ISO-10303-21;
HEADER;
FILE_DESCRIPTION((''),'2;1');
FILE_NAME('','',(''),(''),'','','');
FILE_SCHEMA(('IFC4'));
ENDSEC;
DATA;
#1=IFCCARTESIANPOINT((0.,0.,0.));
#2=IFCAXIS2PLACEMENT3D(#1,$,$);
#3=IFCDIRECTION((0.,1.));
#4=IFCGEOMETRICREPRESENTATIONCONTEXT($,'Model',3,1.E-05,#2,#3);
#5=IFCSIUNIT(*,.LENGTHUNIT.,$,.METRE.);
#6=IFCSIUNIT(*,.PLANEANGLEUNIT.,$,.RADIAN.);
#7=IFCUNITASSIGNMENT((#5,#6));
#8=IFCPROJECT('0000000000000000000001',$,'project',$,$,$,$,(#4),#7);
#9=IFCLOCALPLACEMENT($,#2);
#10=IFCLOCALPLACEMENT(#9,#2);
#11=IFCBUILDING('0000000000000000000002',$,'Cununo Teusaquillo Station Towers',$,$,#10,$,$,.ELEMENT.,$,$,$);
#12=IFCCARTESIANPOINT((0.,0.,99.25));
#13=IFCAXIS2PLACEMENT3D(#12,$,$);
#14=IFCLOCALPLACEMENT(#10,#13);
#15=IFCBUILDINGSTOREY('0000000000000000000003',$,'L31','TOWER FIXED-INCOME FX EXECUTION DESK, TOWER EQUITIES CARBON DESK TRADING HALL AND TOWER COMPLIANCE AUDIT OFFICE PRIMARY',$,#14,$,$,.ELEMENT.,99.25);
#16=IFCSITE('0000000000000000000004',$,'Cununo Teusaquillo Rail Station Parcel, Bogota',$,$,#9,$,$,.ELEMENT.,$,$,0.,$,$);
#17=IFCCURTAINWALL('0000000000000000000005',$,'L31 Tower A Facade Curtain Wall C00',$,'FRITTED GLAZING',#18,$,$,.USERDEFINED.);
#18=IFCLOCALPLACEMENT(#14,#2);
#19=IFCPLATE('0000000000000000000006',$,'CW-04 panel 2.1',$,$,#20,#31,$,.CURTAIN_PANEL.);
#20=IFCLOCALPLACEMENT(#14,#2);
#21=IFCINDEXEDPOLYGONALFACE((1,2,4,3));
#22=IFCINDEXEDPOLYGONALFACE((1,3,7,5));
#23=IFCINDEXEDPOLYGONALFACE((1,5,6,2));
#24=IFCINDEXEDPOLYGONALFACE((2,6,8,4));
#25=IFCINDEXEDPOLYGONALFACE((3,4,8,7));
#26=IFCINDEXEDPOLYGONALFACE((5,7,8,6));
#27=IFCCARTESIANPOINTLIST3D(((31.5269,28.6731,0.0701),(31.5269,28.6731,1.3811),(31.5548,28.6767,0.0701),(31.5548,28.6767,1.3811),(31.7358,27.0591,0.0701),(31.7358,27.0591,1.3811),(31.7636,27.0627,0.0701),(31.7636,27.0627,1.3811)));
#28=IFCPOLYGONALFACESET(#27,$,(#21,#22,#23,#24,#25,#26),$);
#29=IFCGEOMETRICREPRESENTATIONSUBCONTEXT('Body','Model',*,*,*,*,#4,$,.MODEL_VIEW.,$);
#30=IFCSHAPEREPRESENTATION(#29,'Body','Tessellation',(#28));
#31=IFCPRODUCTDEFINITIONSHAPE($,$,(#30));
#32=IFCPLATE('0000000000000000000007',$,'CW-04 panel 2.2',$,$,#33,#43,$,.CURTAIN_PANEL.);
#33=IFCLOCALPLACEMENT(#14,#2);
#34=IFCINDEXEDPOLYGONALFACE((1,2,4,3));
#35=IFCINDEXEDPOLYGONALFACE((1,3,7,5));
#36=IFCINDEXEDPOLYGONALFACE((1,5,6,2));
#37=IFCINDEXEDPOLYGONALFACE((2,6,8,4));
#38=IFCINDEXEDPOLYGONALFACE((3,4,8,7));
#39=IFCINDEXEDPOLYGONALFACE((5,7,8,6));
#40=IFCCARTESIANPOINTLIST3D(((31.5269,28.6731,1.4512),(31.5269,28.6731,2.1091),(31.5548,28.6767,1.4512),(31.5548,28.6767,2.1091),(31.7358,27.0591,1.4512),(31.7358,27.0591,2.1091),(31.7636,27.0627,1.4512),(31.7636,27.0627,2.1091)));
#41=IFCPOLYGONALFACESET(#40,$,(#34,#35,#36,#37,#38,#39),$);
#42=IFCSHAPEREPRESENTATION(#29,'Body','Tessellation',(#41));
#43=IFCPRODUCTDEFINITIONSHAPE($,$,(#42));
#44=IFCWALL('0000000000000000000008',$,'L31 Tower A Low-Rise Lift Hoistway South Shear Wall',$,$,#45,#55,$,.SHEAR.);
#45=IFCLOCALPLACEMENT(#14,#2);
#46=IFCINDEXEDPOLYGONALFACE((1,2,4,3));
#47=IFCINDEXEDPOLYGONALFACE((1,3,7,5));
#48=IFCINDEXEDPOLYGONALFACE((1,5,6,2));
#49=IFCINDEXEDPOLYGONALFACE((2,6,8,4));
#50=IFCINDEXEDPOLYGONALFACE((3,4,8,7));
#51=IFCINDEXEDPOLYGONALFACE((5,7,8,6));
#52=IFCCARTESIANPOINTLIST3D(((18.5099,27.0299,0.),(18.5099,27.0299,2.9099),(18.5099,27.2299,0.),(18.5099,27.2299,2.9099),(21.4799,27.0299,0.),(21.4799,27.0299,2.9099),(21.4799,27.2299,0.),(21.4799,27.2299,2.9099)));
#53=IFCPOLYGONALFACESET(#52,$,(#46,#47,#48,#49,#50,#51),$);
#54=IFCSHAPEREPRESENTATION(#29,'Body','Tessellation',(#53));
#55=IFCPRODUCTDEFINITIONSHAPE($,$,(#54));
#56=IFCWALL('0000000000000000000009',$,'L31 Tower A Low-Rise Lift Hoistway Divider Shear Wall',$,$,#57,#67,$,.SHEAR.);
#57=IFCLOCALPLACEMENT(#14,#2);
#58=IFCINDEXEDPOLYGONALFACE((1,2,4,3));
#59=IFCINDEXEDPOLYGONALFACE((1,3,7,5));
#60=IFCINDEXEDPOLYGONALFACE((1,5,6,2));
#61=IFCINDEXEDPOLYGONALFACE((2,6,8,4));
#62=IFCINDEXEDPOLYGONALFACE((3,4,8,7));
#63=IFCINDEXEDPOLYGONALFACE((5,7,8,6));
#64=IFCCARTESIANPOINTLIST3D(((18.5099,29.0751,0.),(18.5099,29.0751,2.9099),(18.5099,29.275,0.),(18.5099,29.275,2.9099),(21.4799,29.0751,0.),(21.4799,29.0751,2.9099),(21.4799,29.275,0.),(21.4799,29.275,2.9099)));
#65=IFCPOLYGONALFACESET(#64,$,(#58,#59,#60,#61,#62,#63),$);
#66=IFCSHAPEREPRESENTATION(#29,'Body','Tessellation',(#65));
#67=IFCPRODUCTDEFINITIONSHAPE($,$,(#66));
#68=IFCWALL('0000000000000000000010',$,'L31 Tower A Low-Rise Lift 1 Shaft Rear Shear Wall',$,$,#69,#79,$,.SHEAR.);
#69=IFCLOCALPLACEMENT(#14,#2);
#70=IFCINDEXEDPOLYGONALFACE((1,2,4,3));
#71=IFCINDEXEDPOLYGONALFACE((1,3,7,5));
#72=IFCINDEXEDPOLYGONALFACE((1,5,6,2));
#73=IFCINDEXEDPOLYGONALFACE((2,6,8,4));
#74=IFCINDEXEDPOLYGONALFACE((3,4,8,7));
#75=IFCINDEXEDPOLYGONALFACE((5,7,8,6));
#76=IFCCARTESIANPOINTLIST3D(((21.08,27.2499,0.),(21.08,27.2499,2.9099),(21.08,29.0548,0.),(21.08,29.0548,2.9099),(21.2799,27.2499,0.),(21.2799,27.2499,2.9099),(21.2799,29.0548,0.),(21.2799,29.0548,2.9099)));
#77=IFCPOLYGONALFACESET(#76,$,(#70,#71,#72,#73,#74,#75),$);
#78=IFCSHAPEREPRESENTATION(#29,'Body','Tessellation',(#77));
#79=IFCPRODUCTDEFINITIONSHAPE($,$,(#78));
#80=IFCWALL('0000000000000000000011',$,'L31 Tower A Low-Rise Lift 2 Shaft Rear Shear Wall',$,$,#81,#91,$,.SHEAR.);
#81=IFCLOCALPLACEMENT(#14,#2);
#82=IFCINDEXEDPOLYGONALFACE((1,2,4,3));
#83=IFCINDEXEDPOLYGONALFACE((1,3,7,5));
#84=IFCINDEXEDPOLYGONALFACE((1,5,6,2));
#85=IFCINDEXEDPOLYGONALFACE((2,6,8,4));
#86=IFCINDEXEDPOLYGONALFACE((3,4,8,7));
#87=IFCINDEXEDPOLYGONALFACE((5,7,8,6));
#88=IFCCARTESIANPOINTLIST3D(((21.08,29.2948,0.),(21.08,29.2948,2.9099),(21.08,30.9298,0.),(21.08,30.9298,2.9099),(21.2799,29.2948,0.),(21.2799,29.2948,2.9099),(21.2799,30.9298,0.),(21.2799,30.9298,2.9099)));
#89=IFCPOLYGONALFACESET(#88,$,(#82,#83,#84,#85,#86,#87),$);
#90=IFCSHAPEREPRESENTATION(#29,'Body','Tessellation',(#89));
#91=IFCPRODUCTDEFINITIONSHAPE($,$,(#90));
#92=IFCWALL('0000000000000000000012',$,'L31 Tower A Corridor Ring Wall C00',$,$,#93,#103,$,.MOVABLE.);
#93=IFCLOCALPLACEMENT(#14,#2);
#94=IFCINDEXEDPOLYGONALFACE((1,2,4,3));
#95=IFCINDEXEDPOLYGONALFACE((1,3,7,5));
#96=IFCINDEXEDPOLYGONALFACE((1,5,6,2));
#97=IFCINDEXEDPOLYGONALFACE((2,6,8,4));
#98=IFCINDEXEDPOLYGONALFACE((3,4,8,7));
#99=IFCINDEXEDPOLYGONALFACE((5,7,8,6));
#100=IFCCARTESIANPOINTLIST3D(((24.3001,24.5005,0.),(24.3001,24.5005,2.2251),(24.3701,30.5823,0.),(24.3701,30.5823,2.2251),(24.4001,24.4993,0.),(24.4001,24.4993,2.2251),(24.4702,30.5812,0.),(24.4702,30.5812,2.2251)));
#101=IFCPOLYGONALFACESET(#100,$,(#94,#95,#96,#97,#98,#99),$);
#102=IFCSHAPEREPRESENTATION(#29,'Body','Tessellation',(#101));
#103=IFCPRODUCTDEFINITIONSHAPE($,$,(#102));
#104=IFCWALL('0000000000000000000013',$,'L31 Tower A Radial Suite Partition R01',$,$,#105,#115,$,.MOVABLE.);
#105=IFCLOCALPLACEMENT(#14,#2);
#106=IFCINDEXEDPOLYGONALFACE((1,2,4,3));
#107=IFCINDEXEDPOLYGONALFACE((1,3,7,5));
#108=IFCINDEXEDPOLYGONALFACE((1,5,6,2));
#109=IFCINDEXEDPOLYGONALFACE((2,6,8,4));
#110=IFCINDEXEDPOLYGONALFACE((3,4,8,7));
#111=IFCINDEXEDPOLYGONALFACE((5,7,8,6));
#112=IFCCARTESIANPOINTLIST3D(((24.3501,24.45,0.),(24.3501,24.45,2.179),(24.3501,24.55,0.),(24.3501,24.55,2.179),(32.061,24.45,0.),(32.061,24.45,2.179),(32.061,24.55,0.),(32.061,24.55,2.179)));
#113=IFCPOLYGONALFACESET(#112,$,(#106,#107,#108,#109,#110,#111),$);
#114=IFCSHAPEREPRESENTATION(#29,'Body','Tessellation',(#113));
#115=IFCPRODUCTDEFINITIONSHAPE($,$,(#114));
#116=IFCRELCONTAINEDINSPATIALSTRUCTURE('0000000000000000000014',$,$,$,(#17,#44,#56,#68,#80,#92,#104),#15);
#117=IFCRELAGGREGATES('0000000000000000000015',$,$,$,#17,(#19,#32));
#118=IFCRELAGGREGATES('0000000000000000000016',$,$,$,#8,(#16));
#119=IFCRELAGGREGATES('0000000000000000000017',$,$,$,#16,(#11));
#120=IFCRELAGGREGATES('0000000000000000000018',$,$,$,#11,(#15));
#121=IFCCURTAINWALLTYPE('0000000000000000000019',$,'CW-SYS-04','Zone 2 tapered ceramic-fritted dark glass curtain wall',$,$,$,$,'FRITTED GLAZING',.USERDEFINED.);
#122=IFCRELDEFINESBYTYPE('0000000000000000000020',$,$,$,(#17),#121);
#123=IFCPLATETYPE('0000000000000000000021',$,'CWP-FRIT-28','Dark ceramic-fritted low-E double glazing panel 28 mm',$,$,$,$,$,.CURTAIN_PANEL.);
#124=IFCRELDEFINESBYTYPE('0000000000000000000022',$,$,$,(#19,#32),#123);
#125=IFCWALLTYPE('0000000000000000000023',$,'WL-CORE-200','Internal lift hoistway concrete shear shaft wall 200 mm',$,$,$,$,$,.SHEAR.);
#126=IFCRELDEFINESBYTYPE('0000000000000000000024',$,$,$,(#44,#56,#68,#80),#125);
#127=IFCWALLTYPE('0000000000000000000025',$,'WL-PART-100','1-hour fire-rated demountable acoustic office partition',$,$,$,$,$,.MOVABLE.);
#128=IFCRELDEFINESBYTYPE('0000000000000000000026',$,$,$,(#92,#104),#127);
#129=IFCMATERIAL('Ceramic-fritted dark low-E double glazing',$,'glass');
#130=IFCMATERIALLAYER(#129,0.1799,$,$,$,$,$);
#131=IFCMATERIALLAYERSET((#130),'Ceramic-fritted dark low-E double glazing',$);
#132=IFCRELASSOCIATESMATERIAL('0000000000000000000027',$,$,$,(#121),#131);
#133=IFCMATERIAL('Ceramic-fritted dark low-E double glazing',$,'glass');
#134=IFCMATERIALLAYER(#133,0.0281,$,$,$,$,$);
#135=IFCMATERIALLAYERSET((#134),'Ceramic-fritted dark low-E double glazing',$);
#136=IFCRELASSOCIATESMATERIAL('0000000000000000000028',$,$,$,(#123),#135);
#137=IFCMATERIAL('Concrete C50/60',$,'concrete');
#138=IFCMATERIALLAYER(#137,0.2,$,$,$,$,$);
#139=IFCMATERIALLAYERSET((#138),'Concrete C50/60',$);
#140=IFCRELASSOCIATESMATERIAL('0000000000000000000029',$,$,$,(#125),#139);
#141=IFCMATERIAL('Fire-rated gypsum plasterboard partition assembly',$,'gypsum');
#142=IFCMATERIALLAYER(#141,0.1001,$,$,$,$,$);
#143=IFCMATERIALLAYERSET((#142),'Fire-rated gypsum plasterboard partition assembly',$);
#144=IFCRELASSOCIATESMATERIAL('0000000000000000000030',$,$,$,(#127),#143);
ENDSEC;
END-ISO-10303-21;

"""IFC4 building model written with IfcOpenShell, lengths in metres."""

from ifc_helpers import new_model, si_unit, direction, frame, frame_2d, origin, origin_2d, place, context, subcontext, project, spatial, rectangle, extrude, source, transform, mapped, material, layer, layer_set, type_object, element, aggregate, save


model = new_model("IFC4")

# Units and contexts
model_context = context("Model", 3, precision=1e-05, world=origin(), true_north=direction((0.0, 1.0)))
body_context = subcontext(model_context, "Body", "Model", "MODEL_VIEW")
ifc_project = project(units=[si_unit("LENGTHUNIT", "METRE"), si_unit("PLANEANGLEUNIT", "RADIAN")], contexts=[model_context])

# Site, building, storey
site_placement = place(None, origin())
site = spatial("IfcSite", under=ifc_project, at=site_placement, Name="Cununo Teusaquillo Rail Station Parcel, Bogota", CompositionType="ELEMENT", RefElevation=0.0)
building_placement = place(site_placement, origin())
building = spatial("IfcBuilding", under=site, at=building_placement, Name="Cununo Teusaquillo Station Towers", CompositionType="ELEMENT")
storey_placement = place(building_placement, frame((0.0, 0.0, 99.25)))
storey = spatial("IfcBuildingStorey", under=building, at=storey_placement, Name="L31", Description="TOWER FIXED-INCOME FX EXECUTION DESK, TOWER EQUITIES CARBON DESK TRADING HALL AND TOWER COMPLIANCE AUDIT OFFICE PRIMARY", CompositionType="ELEMENT", Elevation=99.25)

# Curtain wall, plates
ifc_material_1 = material(Name="Ceramic-fritted dark low-E double glazing", Category="glass")
ifc_layer_1 = layer(ifc_material_1, 0.1799)
ifc_layer_set_1 = layer_set([ifc_layer_1], Name="Ceramic-fritted dark low-E double glazing")
curtain_wall_type = type_object("IfcCurtainWallType", Name="CW-SYS-04", Description="Zone 2 tapered ceramic-fritted dark glass curtain wall", ElementType="FRITTED GLAZING", PredefinedType="USERDEFINED", material=ifc_layer_set_1)
curtain_wall_placement = place(storey_placement, origin())
curtain_wall = element("IfcCurtainWall", 1, at=curtain_wall_placement, inside=storey, type_object=curtain_wall_type, Name="L31 Tower A Facade Curtain Wall C00", ObjectType="FRITTED GLAZING", PredefinedType="USERDEFINED")
ifc_material_2 = material(Name="Ceramic-fritted dark low-E double glazing", Category="glass")
ifc_layer_2 = layer(ifc_material_2, 0.0281)
ifc_layer_set_2 = layer_set([ifc_layer_2], Name="Ceramic-fritted dark low-E double glazing")
plate_type = type_object("IfcPlateType", Name="CWP-FRIT-28", Description="Dark ceramic-fritted low-E double glazing panel 28 mm", PredefinedType="CURTAIN_PANEL", material=ifc_layer_set_2)
shared_shape_1 = source(origin(), body_context, "Body", "SweptSolid", [
    extrude(rectangle(XDim=1.6274, YDim=0.0281, at=origin_2d()), origin(), (0.0, 0.0, 1.0), 1.311),
])
plate_1_placement = place(storey_placement, frame((31.6453, 27.8679, 0.0701), z_axis=(0.0, 0.0, 1.0), x_axis=(0.128336, -0.991731, 0.0)))
plate_1 = element("IfcPlate", 2, at=plate_1_placement, type_object=plate_type, Name="CW-04 panel 2.1", PredefinedType="CURTAIN_PANEL", context=body_context, shape_type="MappedRepresentation", body=[
    mapped(shared_shape_1, transform((0.0, 0.0, 0.0), x_axis=(1.0, 0.0, 0.0), y_axis=(0.0, 1.0, 0.0), z_axis=(0.0, 0.0, 1.0), scale=1.0)),
])
shared_shape_2 = source(origin(), body_context, "Body", "SweptSolid", [
    extrude(rectangle(XDim=1.6274, YDim=0.0281, at=origin_2d()), origin(), (0.0, 0.0, 1.0), 0.658),
])
plate_2_placement = place(storey_placement, frame((31.6453, 27.8679, 1.4512), z_axis=(0.0, 0.0, 1.0), x_axis=(0.128336, -0.991731, 0.0)))
plate_2 = element("IfcPlate", 3, at=plate_2_placement, type_object=plate_type, Name="CW-04 panel 2.2", PredefinedType="CURTAIN_PANEL", context=body_context, shape_type="MappedRepresentation", body=[
    mapped(shared_shape_2, transform((0.0, 0.0, 0.0), x_axis=(1.0, 0.0, 0.0), y_axis=(0.0, 1.0, 0.0), z_axis=(0.0, 0.0, 1.0), scale=1.0)),
])
aggregate(curtain_wall, [plate_1, plate_2])

# Walls
ifc_material_3 = material(Name="Concrete C50/60", Category="concrete")
ifc_layer_3 = layer(ifc_material_3, 0.2)
ifc_layer_set_3 = layer_set([ifc_layer_3], Name="Concrete C50/60")
wall_type_1 = type_object("IfcWallType", Name="WL-CORE-200", Description="Internal lift hoistway concrete shear shaft wall 200 mm", PredefinedType="SHEAR", material=ifc_layer_set_3)
for number, where, z_axis, x_axis, name in (
    (4, (18.51, 27.1299, 0.0), (0.0, 0.0, 1.0), (1.0, 0.0, 0.0), "L31 Tower A Low-Rise Lift Hoistway South Shear Wall"),
    (5, (18.51, 29.175, 0.0), (0.0, 0.0, 1.0), (1.0, 0.0, 0.0), "L31 Tower A Low-Rise Lift Hoistway Divider Shear Wall"),
):
    element("IfcWall", number, at=place(storey_placement, frame(where, z_axis=z_axis, x_axis=x_axis)), inside=storey, type_object=wall_type_1, Name=name, PredefinedType="SHEAR", context=body_context, shape_type="SweptSolid", body=[
        extrude(rectangle(XDim=2.97, YDim=0.2, at=frame_2d((1.4849, 0.0))), origin(), (0.0, 0.0, 1.0), 2.9099),
    ])
wall_1_placement = place(storey_placement, frame((21.1799, 27.25, 0.0), z_axis=(0.0, 0.0, 1.0), x_axis=(0.0, 1.0, 0.0)))
element("IfcWall", 6, at=wall_1_placement, inside=storey, type_object=wall_type_1, Name="L31 Tower A Low-Rise Lift 1 Shaft Rear Shear Wall", PredefinedType="SHEAR", context=body_context, shape_type="SweptSolid", body=[
    extrude(rectangle(XDim=1.8049, YDim=0.2, at=frame_2d((0.9023, 0.0))), origin(), (0.0, 0.0, 1.0), 2.9099),
])
wall_2_placement = place(storey_placement, frame((21.1799, 29.2949, 0.0), z_axis=(0.0, 0.0, 1.0), x_axis=(0.0, 1.0, 0.0)))
element("IfcWall", 7, at=wall_2_placement, inside=storey, type_object=wall_type_1, Name="L31 Tower A Low-Rise Lift 2 Shaft Rear Shear Wall", PredefinedType="SHEAR", context=body_context, shape_type="SweptSolid", body=[
    extrude(rectangle(XDim=1.635, YDim=0.2, at=frame_2d((0.8174, 0.0))), origin(), (0.0, 0.0, 1.0), 2.9099),
])
ifc_material_4 = material(Name="Fire-rated gypsum plasterboard partition assembly", Category="gypsum")
ifc_layer_4 = layer(ifc_material_4, 0.1001)
ifc_layer_set_4 = layer_set([ifc_layer_4], Name="Fire-rated gypsum plasterboard partition assembly")
wall_type_2 = type_object("IfcWallType", Name="WL-PART-100", Description="1-hour fire-rated demountable acoustic office partition", PredefinedType="MOVABLE", material=ifc_layer_set_4)
wall_3_placement = place(storey_placement, frame((24.3501, 24.5, 0.0), z_axis=(0.0, 0.0, 1.0), x_axis=(0.01152, 0.999934, 0.0)))
element("IfcWall", 8, at=wall_3_placement, inside=storey, type_object=wall_type_2, Name="L31 Tower A Corridor Ring Wall C00", PredefinedType="MOVABLE", context=body_context, shape_type="SweptSolid", body=[
    extrude(rectangle(XDim=6.0823, YDim=0.1001, at=frame_2d((3.041, 0.0))), origin(), (0.0, 0.0, 1.0), 2.2251),
])
wall_4_placement = place(storey_placement, frame((24.3501, 24.5, 0.0), z_axis=(0.0, 0.0, 1.0), x_axis=(1.0, 0.0, 0.0)))
element("IfcWall", 9, at=wall_4_placement, inside=storey, type_object=wall_type_2, Name="L31 Tower A Radial Suite Partition R01", PredefinedType="MOVABLE", context=body_context, shape_type="SweptSolid", body=[
    extrude(rectangle(XDim=7.7109, YDim=0.1001, at=frame_2d((3.8555, 0.0))), origin(), (0.0, 0.0, 1.0), 2.179),
])

save(model, "model.ifc")
